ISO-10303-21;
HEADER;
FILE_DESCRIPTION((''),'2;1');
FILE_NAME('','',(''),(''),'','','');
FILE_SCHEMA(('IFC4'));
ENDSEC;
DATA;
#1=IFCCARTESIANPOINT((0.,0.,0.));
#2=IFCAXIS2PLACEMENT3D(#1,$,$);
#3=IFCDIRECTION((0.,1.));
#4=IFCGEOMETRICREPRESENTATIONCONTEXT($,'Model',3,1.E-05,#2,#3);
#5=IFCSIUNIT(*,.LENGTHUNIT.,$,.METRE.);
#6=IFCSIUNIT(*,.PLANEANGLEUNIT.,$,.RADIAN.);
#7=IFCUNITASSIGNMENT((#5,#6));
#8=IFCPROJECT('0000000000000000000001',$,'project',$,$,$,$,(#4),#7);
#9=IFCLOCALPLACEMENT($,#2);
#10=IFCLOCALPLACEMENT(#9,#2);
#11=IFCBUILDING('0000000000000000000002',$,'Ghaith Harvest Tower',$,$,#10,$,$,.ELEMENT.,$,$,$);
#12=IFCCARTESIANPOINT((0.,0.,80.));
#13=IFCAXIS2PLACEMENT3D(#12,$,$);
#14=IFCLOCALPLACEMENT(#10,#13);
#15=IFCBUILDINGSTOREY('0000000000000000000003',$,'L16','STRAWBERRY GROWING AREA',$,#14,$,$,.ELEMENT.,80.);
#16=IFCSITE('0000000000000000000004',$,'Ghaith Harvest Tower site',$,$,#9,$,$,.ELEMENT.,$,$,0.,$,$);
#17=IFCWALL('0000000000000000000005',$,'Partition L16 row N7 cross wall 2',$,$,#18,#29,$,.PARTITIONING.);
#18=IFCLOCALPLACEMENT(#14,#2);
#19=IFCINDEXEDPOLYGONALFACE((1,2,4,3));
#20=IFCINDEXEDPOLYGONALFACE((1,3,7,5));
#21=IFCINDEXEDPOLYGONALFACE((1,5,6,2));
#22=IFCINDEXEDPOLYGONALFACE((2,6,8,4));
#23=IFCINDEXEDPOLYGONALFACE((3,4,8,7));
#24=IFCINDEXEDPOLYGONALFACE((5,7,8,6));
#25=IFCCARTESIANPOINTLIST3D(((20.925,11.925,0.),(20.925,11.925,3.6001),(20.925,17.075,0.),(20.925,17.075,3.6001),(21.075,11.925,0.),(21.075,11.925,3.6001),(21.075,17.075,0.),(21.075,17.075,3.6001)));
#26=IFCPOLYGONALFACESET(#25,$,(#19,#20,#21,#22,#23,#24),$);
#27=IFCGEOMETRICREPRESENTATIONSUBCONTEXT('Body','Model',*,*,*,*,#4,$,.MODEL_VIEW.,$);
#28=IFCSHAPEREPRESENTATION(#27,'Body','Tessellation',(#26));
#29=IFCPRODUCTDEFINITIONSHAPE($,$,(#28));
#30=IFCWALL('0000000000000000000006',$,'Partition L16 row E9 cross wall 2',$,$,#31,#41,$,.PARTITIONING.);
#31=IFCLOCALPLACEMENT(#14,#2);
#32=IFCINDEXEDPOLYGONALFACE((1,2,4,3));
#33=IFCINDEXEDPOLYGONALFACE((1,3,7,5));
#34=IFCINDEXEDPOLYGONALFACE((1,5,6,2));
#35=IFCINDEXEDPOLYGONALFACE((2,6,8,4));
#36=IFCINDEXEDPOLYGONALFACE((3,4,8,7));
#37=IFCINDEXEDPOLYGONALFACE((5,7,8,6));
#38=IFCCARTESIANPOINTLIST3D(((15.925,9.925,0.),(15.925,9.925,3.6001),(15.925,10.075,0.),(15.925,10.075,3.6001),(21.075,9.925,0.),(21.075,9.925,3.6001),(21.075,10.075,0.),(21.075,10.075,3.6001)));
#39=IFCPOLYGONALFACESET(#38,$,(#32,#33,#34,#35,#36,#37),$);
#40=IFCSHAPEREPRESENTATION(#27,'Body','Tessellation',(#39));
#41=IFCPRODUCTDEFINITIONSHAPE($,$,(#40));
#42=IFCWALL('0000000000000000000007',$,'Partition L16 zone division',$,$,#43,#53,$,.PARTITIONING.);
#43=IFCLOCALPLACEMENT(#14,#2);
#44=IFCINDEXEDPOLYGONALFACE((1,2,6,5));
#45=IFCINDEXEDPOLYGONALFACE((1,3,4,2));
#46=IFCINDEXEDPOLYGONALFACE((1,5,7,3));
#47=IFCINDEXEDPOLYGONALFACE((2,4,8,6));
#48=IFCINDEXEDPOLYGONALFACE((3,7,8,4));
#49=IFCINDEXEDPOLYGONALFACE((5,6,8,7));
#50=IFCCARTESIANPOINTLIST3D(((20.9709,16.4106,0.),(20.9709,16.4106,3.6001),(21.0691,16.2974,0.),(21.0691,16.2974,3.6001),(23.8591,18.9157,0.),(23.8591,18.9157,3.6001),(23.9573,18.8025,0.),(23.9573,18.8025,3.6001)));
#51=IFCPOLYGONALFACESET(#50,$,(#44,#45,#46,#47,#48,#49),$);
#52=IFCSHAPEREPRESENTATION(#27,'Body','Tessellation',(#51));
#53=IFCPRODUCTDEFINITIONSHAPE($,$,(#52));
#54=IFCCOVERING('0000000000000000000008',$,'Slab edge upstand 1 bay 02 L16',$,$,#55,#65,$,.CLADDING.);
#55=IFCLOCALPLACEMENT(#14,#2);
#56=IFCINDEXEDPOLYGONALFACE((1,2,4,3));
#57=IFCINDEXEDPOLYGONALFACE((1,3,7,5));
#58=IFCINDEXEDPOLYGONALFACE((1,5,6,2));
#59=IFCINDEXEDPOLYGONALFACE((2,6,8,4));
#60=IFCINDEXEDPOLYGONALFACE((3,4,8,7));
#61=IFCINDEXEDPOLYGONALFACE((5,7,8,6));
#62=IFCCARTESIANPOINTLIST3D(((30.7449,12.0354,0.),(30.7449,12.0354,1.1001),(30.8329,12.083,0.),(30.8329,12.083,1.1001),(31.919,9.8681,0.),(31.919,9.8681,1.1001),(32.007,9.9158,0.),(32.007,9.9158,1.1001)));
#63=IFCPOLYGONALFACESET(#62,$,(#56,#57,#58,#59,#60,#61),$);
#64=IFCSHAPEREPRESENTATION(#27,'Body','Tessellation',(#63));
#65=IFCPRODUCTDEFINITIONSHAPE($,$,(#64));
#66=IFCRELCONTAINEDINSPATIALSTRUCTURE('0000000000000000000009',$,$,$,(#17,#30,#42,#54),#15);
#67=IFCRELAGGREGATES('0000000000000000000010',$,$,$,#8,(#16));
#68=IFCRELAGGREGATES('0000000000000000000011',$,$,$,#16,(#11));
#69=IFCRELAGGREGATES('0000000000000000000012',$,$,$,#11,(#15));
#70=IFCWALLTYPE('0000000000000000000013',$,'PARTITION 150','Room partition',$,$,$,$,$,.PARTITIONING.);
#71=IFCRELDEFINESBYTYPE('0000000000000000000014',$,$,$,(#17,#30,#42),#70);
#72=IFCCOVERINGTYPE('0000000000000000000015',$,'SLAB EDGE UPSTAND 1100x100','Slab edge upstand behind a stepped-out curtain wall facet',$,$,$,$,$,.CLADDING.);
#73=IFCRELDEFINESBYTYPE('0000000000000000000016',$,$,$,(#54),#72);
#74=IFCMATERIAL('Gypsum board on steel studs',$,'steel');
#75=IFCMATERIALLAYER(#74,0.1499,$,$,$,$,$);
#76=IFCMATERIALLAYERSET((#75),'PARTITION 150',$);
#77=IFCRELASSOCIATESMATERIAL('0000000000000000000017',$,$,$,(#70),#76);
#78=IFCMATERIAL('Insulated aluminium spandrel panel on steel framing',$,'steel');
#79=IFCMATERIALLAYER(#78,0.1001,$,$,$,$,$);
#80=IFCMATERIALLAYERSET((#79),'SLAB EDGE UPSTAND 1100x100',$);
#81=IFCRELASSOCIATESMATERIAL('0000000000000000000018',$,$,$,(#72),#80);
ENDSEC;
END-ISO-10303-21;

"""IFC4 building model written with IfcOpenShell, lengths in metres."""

from ifc_helpers import new_model, si_unit, direction, frame, frame_2d, origin, origin_2d, place, context, subcontext, project, spatial, rectangle, extrude, material, layer, layer_set, type_object, element, save


model = new_model("IFC4")

# Units and contexts
model_context = context("Model", 3, precision=1e-05, world=origin(), true_north=direction((0.0, 1.0)))
body_context = subcontext(model_context, "Body", "Model", "MODEL_VIEW")
ifc_project = project(units=[si_unit("LENGTHUNIT", "METRE"), si_unit("PLANEANGLEUNIT", "RADIAN")], contexts=[model_context])

# Site, building, storey
site_placement = place(None, origin())
site = spatial("IfcSite", under=ifc_project, at=site_placement, Name="Ghaith Harvest Tower site", CompositionType="ELEMENT", RefElevation=0.0)
building_placement = place(site_placement, origin())
building = spatial("IfcBuilding", under=site, at=building_placement, Name="Ghaith Harvest Tower", CompositionType="ELEMENT")
storey_placement = place(building_placement, frame((0.0, 0.0, 80.0)))
storey = spatial("IfcBuildingStorey", under=building, at=storey_placement, Name="L16", Description="STRAWBERRY GROWING AREA", CompositionType="ELEMENT", Elevation=80.0)

# Walls
ifc_material_1 = material(Name="Gypsum board on steel studs", Category="steel")
ifc_layer_1 = layer(ifc_material_1, 0.1499)
ifc_layer_set_1 = layer_set([ifc_layer_1], Name="PARTITION 150")
wall_type = type_object("IfcWallType", Name="PARTITION 150", Description="Room partition", PredefinedType="PARTITIONING", material=ifc_layer_set_1)
for number, where, z_axis, x_axis, name in (
    (1, (21.0, 11.925, 0.0), (0.0, 0.0, 1.0), (0.0, 1.0, 0.0), "Partition L16 row N7 cross wall 2"),
    (2, (15.925, 10.0, 0.0), (0.0, 0.0, 1.0), (1.0, 0.0, 0.0), "Partition L16 row E9 cross wall 2"),
):
    element("IfcWall", number, at=place(storey_placement, frame(where, z_axis=z_axis, x_axis=x_axis)), inside=storey, type_object=wall_type, Name=name, PredefinedType="PARTITIONING", context=body_context, shape_type="SweptSolid", body=[
        extrude(rectangle(XDim=5.1499, YDim=0.1499, at=frame_2d((2.575, 0.0))), origin(), (0.0, 0.0, 1.0), 3.6001),
    ])
wall_placement = place(storey_placement, frame((21.02, 16.354, 0.0), z_axis=(0.0, 0.0, 1.0), x_axis=(0.755426, 0.655234, 0.0)))
element("IfcWall", 3, at=wall_placement, inside=storey, type_object=wall_type, Name="Partition L16 zone division", PredefinedType="PARTITIONING", context=body_context, shape_type="SweptSolid", body=[
    extrude(rectangle(XDim=3.8232, YDim=0.1499, at=frame_2d((1.9116, 0.0))), origin(), (0.0, 0.0, 1.0), 3.6001),
])

# Covering
ifc_material_2 = material(Name="Insulated aluminium spandrel panel on steel framing", Category="steel")
ifc_layer_2 = layer(ifc_material_2, 0.1001)
ifc_layer_set_2 = layer_set([ifc_layer_2], Name="SLAB EDGE UPSTAND 1100x100")
covering_type = type_object("IfcCoveringType", Name="SLAB EDGE UPSTAND 1100x100", Description="Slab edge upstand behind a stepped-out curtain wall facet", PredefinedType="CLADDING", material=ifc_layer_set_2)
covering_placement = place(storey_placement, frame((31.376, 10.9756, 0.0), z_axis=(0.0, 0.0, 1.0), x_axis=(-0.476349, 0.879256, 0.0)))
element("IfcCovering", 4, at=covering_placement, inside=storey, type_object=covering_type, Name="Slab edge upstand 1 bay 02 L16", PredefinedType="CLADDING", context=body_context, shape_type="SweptSolid", body=[
    extrude(rectangle(XDim=2.4648, YDim=0.1001, at=origin_2d()), origin(), (0.0, 0.0, 1.0), 1.1001),
])

save(model, "model.ifc")
